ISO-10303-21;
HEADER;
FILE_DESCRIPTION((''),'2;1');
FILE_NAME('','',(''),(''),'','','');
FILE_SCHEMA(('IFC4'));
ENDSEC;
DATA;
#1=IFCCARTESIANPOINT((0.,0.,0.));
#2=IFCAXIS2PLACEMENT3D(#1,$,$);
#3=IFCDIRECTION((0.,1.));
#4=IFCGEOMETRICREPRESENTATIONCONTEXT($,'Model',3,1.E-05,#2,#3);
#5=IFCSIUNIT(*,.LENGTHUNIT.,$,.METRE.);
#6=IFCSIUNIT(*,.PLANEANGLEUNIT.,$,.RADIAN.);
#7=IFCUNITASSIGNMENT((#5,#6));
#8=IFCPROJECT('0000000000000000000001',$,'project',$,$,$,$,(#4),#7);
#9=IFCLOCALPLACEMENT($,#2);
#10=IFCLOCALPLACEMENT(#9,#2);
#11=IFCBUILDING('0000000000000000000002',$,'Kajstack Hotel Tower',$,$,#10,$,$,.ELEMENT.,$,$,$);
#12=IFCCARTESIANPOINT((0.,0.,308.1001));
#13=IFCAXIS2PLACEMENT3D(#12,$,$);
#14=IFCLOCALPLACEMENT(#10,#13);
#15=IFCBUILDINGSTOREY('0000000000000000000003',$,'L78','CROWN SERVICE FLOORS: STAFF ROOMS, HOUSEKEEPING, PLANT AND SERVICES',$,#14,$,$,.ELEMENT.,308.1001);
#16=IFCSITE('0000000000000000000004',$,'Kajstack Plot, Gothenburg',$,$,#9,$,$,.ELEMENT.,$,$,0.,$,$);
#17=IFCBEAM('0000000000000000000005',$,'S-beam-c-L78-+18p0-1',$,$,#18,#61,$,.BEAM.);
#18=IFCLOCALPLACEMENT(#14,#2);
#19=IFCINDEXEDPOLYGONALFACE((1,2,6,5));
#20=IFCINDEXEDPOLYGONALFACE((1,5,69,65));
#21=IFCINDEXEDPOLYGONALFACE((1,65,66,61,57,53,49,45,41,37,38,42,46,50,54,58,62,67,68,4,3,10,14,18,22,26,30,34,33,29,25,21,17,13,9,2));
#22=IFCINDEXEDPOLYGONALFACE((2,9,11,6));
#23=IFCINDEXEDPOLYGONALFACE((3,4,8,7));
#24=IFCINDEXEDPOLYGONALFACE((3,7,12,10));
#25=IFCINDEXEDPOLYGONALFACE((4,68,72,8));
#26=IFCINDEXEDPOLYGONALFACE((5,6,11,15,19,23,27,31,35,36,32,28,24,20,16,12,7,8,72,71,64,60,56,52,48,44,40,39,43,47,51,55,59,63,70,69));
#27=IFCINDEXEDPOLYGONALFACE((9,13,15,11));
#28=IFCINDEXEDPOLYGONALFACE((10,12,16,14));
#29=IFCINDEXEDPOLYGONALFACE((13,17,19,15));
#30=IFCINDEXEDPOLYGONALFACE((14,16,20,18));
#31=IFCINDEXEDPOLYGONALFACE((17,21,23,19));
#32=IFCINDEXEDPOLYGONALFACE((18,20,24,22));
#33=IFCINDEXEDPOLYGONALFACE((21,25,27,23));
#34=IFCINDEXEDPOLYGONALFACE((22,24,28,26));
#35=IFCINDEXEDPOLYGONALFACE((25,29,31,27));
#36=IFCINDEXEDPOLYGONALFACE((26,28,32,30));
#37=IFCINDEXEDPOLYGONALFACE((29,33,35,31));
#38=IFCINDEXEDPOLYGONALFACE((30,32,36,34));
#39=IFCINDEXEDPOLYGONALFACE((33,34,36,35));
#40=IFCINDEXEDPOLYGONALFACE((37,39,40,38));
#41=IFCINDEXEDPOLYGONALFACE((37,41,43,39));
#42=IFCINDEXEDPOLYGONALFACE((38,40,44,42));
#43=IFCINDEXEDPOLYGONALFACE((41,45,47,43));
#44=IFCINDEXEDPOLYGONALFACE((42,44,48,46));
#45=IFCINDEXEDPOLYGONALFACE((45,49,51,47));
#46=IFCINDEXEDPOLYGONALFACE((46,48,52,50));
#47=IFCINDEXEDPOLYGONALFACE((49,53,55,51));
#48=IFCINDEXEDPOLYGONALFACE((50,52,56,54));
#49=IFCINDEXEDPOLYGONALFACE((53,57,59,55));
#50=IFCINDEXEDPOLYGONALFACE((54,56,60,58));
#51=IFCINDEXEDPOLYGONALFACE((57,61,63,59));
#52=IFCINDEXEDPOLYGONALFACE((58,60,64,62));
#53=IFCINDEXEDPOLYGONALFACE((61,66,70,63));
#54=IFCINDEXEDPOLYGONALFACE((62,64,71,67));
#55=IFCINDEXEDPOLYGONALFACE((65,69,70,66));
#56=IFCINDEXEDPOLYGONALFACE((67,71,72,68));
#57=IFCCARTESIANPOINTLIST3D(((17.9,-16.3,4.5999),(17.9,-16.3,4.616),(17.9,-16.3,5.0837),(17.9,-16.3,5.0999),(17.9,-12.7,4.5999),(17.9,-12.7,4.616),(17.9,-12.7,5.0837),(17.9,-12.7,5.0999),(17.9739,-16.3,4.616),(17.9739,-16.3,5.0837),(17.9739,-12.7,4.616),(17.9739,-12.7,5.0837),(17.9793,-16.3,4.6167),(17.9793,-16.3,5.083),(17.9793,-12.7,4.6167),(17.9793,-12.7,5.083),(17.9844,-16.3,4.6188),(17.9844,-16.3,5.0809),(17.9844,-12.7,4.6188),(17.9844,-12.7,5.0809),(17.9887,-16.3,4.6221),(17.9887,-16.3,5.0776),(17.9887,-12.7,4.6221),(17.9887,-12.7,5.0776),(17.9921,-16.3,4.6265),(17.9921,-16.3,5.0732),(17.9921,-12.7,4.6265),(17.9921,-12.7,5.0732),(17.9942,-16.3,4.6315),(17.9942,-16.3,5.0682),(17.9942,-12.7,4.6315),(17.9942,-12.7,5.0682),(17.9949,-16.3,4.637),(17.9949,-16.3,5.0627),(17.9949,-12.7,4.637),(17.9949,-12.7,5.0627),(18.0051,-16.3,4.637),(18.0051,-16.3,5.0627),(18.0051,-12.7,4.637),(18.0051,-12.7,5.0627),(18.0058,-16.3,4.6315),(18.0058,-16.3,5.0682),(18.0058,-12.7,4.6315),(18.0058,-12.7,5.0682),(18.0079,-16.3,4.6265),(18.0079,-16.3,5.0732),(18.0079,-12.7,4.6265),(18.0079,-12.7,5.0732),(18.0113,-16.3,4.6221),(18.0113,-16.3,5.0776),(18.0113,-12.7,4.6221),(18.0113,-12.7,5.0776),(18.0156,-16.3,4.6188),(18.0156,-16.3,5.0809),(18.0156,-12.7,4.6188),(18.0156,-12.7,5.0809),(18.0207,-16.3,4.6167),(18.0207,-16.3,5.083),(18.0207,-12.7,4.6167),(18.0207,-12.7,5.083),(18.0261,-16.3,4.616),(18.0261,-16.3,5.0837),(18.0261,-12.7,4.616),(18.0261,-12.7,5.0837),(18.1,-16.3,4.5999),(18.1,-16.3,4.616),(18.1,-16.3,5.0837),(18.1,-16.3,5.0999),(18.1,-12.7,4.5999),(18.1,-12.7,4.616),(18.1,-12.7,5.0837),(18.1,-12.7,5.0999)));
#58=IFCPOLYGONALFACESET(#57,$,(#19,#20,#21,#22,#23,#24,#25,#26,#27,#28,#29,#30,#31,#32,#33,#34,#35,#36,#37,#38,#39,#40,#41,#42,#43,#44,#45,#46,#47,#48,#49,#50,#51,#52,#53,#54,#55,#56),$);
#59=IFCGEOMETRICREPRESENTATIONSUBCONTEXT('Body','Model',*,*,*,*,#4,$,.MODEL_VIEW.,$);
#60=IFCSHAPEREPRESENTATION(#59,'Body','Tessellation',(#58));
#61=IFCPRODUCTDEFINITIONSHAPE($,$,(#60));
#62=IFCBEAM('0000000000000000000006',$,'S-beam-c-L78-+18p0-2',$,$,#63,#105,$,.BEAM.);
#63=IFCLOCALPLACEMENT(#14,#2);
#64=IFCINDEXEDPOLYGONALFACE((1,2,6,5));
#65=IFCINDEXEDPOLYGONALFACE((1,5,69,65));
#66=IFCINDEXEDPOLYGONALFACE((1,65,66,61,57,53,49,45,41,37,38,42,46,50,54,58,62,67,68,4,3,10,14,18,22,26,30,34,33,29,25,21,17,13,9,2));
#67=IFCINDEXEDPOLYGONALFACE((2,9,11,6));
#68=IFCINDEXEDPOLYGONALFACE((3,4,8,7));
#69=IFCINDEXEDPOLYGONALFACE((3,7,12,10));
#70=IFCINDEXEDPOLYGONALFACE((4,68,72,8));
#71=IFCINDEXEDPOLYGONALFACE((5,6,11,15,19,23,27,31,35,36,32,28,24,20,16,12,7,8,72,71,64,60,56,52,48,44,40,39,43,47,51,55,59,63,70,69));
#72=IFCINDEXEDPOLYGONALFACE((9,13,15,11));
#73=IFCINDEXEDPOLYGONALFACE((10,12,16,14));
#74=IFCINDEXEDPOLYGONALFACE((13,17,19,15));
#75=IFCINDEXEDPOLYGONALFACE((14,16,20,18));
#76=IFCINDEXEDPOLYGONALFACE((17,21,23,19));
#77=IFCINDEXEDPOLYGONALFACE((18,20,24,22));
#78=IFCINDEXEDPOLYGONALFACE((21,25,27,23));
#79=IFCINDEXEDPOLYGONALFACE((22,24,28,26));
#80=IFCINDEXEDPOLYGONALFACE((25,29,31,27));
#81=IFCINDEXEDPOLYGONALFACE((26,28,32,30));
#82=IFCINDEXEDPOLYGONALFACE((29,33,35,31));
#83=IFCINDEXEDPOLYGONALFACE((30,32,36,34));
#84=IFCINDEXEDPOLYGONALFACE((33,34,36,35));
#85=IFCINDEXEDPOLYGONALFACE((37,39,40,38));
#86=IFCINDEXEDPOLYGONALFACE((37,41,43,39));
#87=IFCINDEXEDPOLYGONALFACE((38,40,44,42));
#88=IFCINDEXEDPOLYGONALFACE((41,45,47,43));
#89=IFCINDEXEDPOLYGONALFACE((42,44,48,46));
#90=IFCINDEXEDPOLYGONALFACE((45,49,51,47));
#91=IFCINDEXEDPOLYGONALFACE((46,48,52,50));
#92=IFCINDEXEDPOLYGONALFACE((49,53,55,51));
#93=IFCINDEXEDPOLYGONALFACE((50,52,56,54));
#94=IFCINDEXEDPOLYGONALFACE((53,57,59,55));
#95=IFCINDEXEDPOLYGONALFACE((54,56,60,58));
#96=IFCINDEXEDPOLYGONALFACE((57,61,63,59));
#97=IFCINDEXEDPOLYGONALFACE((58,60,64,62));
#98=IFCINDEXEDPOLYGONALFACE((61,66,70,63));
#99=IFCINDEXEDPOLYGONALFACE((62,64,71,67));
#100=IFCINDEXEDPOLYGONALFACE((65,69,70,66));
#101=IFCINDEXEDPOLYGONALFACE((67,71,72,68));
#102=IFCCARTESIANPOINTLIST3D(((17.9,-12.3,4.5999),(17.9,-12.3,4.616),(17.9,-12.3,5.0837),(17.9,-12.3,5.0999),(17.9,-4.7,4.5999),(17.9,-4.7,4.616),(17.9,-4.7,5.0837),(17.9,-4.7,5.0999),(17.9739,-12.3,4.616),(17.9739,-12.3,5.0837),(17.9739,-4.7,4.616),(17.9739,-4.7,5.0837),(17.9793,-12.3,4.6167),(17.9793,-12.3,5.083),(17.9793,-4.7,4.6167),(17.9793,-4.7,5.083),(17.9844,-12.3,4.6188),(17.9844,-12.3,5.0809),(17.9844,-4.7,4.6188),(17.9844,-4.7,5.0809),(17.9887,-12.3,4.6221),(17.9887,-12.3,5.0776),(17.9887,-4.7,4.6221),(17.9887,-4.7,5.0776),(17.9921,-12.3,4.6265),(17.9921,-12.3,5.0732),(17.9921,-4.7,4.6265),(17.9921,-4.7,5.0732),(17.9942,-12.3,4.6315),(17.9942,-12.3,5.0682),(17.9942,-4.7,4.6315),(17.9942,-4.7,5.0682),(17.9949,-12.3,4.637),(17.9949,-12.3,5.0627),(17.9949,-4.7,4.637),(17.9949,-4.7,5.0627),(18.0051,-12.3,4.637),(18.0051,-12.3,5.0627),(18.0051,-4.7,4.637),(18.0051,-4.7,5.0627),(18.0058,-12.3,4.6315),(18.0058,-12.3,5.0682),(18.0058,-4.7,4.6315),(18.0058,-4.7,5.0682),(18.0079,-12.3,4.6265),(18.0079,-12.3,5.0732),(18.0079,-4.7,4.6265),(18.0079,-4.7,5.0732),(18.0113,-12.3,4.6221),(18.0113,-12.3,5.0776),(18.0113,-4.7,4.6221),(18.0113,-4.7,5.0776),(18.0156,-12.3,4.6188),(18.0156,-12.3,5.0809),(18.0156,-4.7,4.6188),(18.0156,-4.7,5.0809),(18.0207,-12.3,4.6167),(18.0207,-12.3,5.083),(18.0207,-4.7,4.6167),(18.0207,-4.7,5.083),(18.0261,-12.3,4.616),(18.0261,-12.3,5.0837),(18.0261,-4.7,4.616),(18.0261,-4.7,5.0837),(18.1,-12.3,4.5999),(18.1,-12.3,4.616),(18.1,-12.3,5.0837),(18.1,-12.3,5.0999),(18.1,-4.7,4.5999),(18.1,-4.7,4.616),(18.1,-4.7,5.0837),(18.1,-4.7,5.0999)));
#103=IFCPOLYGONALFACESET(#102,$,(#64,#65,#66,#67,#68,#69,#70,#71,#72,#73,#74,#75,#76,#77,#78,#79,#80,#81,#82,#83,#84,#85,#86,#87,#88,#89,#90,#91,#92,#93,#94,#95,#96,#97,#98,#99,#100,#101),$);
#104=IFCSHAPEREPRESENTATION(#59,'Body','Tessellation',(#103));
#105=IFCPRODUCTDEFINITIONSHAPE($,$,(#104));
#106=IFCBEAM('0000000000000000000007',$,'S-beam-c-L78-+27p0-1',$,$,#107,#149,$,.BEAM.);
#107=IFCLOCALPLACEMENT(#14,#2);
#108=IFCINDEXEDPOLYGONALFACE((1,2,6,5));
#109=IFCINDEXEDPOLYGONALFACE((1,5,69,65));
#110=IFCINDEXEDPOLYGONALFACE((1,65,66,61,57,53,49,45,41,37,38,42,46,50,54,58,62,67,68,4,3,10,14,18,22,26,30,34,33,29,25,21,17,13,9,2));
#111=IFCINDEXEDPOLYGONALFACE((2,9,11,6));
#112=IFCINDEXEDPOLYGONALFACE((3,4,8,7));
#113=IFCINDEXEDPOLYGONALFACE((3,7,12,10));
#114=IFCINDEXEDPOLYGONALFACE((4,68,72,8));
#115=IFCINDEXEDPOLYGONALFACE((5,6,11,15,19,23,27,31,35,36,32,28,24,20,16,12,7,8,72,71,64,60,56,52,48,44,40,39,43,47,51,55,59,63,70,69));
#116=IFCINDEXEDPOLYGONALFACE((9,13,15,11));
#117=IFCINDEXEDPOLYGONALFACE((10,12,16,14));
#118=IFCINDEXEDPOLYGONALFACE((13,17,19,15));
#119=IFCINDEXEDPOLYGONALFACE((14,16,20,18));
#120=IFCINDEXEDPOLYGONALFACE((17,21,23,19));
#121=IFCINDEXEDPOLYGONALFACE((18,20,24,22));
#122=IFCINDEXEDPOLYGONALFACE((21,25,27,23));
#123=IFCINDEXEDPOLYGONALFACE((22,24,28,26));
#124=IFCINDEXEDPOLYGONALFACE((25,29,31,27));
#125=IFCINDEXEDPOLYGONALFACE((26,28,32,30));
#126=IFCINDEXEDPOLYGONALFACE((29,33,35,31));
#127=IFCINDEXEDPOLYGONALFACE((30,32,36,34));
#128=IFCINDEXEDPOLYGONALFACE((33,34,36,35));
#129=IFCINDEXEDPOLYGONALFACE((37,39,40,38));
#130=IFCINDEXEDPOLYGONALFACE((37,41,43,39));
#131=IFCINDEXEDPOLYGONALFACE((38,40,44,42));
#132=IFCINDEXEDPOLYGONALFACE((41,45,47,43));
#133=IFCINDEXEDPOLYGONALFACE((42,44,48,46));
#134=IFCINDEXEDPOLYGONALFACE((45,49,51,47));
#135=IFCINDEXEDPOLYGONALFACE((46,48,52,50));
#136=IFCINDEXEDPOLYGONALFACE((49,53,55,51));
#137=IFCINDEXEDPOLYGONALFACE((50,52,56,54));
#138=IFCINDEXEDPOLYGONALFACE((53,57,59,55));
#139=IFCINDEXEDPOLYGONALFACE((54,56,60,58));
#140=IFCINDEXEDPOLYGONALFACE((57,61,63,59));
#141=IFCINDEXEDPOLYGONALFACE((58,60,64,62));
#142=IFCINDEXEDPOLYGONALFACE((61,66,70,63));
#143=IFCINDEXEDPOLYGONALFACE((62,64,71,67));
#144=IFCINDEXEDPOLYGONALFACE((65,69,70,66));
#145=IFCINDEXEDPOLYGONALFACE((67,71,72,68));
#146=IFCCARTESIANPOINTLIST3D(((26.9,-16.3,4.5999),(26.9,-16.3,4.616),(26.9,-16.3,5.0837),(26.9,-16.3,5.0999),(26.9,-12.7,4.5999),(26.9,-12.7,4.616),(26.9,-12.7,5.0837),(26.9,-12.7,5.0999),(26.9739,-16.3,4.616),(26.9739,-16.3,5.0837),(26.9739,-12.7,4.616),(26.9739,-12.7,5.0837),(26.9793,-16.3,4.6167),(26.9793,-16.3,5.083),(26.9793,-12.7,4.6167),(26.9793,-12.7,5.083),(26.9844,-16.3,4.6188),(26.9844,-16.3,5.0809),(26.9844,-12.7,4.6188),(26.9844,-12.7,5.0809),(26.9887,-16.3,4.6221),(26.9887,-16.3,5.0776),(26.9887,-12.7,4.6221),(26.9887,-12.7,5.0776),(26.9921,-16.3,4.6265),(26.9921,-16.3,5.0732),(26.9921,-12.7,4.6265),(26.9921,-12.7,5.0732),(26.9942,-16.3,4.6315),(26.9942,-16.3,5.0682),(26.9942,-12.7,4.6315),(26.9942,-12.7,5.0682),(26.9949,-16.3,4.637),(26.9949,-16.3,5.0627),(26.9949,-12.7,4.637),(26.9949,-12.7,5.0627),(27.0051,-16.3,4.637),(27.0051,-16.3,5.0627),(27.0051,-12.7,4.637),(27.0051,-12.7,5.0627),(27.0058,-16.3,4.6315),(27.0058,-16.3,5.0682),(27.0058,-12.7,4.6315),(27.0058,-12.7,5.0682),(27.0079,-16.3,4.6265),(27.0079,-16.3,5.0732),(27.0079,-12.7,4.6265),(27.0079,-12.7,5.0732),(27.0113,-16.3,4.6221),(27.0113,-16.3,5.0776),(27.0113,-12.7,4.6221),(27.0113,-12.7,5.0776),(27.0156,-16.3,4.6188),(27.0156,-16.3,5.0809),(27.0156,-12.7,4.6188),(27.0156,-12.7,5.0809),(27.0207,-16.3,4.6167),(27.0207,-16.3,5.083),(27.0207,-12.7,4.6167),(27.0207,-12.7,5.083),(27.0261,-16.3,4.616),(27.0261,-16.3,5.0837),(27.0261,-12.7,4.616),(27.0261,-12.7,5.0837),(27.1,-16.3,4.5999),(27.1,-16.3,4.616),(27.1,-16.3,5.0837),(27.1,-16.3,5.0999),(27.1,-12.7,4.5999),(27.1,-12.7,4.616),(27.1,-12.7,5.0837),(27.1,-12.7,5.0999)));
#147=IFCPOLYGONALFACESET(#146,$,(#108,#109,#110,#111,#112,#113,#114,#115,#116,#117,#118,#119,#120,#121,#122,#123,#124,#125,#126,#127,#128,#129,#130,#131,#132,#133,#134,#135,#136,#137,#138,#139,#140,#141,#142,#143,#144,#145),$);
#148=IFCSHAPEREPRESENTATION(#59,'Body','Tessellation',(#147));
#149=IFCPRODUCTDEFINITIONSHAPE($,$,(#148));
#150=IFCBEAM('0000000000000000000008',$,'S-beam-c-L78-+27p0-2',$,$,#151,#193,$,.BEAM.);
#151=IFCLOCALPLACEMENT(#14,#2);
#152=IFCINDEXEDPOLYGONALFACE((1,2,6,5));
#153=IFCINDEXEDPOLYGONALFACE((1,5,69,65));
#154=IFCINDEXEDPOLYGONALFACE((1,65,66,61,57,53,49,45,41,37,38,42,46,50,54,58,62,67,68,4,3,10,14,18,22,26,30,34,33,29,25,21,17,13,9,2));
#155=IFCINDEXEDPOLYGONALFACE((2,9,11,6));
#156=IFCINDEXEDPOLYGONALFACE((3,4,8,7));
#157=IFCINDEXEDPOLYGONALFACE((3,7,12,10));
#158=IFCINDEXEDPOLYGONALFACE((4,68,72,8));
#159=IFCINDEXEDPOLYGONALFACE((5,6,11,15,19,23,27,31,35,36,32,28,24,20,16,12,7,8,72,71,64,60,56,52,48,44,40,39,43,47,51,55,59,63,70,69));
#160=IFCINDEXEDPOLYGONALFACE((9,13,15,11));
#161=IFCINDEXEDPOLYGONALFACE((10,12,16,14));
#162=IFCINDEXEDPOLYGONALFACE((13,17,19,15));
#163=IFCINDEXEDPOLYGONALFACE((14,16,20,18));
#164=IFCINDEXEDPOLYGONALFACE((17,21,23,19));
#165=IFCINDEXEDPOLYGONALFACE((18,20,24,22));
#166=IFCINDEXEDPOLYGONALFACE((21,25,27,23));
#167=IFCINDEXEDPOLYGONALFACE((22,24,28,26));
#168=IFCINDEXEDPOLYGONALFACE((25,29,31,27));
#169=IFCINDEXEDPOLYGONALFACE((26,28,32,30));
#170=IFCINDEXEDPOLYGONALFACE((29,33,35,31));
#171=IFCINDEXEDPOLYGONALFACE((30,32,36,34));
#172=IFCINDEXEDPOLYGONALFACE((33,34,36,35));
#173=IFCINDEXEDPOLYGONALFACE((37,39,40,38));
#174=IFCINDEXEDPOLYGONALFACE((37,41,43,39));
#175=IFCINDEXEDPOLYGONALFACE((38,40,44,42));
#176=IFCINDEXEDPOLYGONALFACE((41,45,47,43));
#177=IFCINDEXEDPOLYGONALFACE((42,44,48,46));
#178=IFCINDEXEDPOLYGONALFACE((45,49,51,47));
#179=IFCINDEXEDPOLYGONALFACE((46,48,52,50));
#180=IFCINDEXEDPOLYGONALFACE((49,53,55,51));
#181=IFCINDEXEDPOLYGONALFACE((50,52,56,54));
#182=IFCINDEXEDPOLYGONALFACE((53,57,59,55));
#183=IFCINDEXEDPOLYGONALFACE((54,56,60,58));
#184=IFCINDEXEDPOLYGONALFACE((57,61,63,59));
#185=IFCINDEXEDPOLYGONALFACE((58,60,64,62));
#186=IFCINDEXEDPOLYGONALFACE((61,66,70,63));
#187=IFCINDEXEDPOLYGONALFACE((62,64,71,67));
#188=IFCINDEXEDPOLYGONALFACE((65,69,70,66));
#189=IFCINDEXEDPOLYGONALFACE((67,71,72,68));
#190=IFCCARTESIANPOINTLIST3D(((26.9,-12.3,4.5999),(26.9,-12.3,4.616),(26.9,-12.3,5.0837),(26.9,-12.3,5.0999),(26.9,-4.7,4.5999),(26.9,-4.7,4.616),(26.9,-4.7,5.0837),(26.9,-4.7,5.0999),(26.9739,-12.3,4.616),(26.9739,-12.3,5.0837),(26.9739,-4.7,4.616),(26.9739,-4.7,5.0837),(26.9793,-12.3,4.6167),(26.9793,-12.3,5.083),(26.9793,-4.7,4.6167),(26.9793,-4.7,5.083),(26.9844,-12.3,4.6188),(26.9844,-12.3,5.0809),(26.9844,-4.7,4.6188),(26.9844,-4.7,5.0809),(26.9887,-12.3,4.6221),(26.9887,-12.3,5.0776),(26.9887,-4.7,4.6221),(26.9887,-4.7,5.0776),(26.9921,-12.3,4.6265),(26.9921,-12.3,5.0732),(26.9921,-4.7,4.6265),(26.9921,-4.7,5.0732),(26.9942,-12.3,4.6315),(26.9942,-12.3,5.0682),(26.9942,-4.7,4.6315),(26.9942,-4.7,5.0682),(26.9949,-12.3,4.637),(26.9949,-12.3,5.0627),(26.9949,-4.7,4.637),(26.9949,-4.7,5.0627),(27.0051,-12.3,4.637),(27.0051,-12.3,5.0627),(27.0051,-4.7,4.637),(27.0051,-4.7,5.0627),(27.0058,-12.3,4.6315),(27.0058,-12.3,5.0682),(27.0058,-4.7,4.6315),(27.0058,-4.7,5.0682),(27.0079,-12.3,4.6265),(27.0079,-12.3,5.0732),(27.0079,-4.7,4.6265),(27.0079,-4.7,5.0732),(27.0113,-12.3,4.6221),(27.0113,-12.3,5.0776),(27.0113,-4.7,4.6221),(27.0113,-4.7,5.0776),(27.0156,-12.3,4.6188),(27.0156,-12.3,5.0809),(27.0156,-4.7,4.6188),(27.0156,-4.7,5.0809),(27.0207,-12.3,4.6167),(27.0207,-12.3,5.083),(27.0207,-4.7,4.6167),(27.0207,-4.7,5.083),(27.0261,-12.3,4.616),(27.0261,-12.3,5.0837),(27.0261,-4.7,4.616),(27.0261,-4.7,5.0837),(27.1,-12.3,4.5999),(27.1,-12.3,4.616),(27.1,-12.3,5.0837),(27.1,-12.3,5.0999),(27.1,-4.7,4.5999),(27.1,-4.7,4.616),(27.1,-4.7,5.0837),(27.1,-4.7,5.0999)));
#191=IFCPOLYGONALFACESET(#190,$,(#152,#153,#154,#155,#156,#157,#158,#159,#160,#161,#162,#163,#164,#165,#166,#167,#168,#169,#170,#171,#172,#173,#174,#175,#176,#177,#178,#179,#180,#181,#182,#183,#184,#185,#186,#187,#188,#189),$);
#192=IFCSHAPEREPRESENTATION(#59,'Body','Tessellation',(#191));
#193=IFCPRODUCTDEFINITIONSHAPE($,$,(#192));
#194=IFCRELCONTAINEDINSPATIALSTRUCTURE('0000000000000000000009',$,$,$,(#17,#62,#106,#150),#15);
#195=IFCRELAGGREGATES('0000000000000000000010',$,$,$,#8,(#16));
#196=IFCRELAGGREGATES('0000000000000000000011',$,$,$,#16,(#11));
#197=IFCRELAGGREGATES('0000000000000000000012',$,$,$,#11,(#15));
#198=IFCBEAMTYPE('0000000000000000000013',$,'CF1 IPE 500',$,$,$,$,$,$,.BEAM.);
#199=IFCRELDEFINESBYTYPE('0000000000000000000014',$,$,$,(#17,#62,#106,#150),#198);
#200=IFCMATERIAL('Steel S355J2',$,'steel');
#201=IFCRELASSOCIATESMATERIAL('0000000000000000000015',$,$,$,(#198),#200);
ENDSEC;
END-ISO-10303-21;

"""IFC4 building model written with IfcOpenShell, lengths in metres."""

from ifc_helpers import new_model, si_unit, direction, frame, origin, origin_2d, place, context, subcontext, project, spatial, i_section, extrude, material, material_profile, profile_set, type_object, element, save


model = new_model("IFC4")

# Units and contexts
model_context = context("Model", 3, precision=1e-05, world=origin(), true_north=direction((0.0, 1.0)))
body_context = subcontext(model_context, "Body", "Model", "MODEL_VIEW")
ifc_project = project(units=[si_unit("LENGTHUNIT", "METRE"), si_unit("PLANEANGLEUNIT", "RADIAN")], contexts=[model_context])

# Site, building, storey
site_placement = place(None, origin())
site = spatial("IfcSite", under=ifc_project, at=site_placement, Name="Kajstack Plot, Gothenburg", CompositionType="ELEMENT", RefElevation=0.0)
building_placement = place(site_placement, origin())
building = spatial("IfcBuilding", under=site, at=building_placement, Name="Kajstack Hotel Tower", CompositionType="ELEMENT")
storey_placement = place(building_placement, frame((0.0, 0.0, 308.1001)))
storey = spatial("IfcBuildingStorey", under=building, at=storey_placement, Name="L78", Description="CROWN SERVICE FLOORS: STAFF ROOMS, HOUSEKEEPING, PLANT AND SERVICES", CompositionType="ELEMENT", Elevation=308.1001)

# Shared definitions
ifc_material_1 = material(Name="Steel S355J2", Category="steel")

# Beams
ifc_material_profile_1 = material_profile(ifc_material_1, i_section(OverallWidth=0.2, OverallDepth=0.5, WebThickness=0.0103, FlangeThickness=0.0161, FilletRadius=0.021, at=origin_2d()), Name="IPE 500")
ifc_profile_set_1 = profile_set([ifc_material_profile_1], Name="Steel S355J2")
beam_type = type_object("IfcBeamType", Name="CF1 IPE 500", PredefinedType="BEAM", material=ifc_profile_set_1)
beam_1_placement = place(storey_placement, frame((18.0, -16.3, 4.8499), z_axis=(0.0, 1.0, 0.0), x_axis=(-1.0, 0.0, 0.0)))
element("IfcBeam", 1, at=beam_1_placement, inside=storey, type_object=beam_type, Name="S-beam-c-L78-+18p0-1", PredefinedType="BEAM", context=body_context, shape_type="SweptSolid", body=[
    extrude(i_section(OverallWidth=0.2, OverallDepth=0.5, WebThickness=0.0103, FlangeThickness=0.0161, FilletRadius=0.021, at=origin_2d()), origin(), (0.0, 0.0, 1.0), 3.6001),
])
beam_2_placement = place(storey_placement, frame((18.0, -12.3, 4.8499), z_axis=(0.0, 1.0, 0.0), x_axis=(-1.0, 0.0, 0.0)))
element("IfcBeam", 2, at=beam_2_placement, inside=storey, type_object=beam_type, Name="S-beam-c-L78-+18p0-2", PredefinedType="BEAM", context=body_context, shape_type="SweptSolid", body=[
    extrude(i_section(OverallWidth=0.2, OverallDepth=0.5, WebThickness=0.0103, FlangeThickness=0.0161, FilletRadius=0.021, at=origin_2d()), origin(), (0.0, 0.0, 1.0), 7.6001),
])
beam_3_placement = place(storey_placement, frame((27.0, -16.3, 4.8499), z_axis=(0.0, 1.0, 0.0), x_axis=(-1.0, 0.0, 0.0)))
element("IfcBeam", 3, at=beam_3_placement, inside=storey, type_object=beam_type, Name="S-beam-c-L78-+27p0-1", PredefinedType="BEAM", context=body_context, shape_type="SweptSolid", body=[
    extrude(i_section(OverallWidth=0.2, OverallDepth=0.5, WebThickness=0.0103, FlangeThickness=0.0161, FilletRadius=0.021, at=origin_2d()), origin(), (0.0, 0.0, 1.0), 3.6001),
])
for number, where, z_axis, x_axis, name in (
    (4, (27.0, -12.3, 4.8499), (0.0, 1.0, 0.0), (-1.0, 0.0, 0.0), "S-beam-c-L78-+27p0-2"),
):
    element("IfcBeam", number, at=place(storey_placement, frame(where, z_axis=z_axis, x_axis=x_axis)), inside=storey, type_object=beam_type, Name=name, PredefinedType="BEAM", context=body_context, shape_type="SweptSolid", body=[
        extrude(i_section(OverallWidth=0.2, OverallDepth=0.5, WebThickness=0.0103, FlangeThickness=0.0161, FilletRadius=0.021, at=origin_2d()), origin(), (0.0, 0.0, 1.0), 7.6001),
    ])

save(model, "model.ifc")
